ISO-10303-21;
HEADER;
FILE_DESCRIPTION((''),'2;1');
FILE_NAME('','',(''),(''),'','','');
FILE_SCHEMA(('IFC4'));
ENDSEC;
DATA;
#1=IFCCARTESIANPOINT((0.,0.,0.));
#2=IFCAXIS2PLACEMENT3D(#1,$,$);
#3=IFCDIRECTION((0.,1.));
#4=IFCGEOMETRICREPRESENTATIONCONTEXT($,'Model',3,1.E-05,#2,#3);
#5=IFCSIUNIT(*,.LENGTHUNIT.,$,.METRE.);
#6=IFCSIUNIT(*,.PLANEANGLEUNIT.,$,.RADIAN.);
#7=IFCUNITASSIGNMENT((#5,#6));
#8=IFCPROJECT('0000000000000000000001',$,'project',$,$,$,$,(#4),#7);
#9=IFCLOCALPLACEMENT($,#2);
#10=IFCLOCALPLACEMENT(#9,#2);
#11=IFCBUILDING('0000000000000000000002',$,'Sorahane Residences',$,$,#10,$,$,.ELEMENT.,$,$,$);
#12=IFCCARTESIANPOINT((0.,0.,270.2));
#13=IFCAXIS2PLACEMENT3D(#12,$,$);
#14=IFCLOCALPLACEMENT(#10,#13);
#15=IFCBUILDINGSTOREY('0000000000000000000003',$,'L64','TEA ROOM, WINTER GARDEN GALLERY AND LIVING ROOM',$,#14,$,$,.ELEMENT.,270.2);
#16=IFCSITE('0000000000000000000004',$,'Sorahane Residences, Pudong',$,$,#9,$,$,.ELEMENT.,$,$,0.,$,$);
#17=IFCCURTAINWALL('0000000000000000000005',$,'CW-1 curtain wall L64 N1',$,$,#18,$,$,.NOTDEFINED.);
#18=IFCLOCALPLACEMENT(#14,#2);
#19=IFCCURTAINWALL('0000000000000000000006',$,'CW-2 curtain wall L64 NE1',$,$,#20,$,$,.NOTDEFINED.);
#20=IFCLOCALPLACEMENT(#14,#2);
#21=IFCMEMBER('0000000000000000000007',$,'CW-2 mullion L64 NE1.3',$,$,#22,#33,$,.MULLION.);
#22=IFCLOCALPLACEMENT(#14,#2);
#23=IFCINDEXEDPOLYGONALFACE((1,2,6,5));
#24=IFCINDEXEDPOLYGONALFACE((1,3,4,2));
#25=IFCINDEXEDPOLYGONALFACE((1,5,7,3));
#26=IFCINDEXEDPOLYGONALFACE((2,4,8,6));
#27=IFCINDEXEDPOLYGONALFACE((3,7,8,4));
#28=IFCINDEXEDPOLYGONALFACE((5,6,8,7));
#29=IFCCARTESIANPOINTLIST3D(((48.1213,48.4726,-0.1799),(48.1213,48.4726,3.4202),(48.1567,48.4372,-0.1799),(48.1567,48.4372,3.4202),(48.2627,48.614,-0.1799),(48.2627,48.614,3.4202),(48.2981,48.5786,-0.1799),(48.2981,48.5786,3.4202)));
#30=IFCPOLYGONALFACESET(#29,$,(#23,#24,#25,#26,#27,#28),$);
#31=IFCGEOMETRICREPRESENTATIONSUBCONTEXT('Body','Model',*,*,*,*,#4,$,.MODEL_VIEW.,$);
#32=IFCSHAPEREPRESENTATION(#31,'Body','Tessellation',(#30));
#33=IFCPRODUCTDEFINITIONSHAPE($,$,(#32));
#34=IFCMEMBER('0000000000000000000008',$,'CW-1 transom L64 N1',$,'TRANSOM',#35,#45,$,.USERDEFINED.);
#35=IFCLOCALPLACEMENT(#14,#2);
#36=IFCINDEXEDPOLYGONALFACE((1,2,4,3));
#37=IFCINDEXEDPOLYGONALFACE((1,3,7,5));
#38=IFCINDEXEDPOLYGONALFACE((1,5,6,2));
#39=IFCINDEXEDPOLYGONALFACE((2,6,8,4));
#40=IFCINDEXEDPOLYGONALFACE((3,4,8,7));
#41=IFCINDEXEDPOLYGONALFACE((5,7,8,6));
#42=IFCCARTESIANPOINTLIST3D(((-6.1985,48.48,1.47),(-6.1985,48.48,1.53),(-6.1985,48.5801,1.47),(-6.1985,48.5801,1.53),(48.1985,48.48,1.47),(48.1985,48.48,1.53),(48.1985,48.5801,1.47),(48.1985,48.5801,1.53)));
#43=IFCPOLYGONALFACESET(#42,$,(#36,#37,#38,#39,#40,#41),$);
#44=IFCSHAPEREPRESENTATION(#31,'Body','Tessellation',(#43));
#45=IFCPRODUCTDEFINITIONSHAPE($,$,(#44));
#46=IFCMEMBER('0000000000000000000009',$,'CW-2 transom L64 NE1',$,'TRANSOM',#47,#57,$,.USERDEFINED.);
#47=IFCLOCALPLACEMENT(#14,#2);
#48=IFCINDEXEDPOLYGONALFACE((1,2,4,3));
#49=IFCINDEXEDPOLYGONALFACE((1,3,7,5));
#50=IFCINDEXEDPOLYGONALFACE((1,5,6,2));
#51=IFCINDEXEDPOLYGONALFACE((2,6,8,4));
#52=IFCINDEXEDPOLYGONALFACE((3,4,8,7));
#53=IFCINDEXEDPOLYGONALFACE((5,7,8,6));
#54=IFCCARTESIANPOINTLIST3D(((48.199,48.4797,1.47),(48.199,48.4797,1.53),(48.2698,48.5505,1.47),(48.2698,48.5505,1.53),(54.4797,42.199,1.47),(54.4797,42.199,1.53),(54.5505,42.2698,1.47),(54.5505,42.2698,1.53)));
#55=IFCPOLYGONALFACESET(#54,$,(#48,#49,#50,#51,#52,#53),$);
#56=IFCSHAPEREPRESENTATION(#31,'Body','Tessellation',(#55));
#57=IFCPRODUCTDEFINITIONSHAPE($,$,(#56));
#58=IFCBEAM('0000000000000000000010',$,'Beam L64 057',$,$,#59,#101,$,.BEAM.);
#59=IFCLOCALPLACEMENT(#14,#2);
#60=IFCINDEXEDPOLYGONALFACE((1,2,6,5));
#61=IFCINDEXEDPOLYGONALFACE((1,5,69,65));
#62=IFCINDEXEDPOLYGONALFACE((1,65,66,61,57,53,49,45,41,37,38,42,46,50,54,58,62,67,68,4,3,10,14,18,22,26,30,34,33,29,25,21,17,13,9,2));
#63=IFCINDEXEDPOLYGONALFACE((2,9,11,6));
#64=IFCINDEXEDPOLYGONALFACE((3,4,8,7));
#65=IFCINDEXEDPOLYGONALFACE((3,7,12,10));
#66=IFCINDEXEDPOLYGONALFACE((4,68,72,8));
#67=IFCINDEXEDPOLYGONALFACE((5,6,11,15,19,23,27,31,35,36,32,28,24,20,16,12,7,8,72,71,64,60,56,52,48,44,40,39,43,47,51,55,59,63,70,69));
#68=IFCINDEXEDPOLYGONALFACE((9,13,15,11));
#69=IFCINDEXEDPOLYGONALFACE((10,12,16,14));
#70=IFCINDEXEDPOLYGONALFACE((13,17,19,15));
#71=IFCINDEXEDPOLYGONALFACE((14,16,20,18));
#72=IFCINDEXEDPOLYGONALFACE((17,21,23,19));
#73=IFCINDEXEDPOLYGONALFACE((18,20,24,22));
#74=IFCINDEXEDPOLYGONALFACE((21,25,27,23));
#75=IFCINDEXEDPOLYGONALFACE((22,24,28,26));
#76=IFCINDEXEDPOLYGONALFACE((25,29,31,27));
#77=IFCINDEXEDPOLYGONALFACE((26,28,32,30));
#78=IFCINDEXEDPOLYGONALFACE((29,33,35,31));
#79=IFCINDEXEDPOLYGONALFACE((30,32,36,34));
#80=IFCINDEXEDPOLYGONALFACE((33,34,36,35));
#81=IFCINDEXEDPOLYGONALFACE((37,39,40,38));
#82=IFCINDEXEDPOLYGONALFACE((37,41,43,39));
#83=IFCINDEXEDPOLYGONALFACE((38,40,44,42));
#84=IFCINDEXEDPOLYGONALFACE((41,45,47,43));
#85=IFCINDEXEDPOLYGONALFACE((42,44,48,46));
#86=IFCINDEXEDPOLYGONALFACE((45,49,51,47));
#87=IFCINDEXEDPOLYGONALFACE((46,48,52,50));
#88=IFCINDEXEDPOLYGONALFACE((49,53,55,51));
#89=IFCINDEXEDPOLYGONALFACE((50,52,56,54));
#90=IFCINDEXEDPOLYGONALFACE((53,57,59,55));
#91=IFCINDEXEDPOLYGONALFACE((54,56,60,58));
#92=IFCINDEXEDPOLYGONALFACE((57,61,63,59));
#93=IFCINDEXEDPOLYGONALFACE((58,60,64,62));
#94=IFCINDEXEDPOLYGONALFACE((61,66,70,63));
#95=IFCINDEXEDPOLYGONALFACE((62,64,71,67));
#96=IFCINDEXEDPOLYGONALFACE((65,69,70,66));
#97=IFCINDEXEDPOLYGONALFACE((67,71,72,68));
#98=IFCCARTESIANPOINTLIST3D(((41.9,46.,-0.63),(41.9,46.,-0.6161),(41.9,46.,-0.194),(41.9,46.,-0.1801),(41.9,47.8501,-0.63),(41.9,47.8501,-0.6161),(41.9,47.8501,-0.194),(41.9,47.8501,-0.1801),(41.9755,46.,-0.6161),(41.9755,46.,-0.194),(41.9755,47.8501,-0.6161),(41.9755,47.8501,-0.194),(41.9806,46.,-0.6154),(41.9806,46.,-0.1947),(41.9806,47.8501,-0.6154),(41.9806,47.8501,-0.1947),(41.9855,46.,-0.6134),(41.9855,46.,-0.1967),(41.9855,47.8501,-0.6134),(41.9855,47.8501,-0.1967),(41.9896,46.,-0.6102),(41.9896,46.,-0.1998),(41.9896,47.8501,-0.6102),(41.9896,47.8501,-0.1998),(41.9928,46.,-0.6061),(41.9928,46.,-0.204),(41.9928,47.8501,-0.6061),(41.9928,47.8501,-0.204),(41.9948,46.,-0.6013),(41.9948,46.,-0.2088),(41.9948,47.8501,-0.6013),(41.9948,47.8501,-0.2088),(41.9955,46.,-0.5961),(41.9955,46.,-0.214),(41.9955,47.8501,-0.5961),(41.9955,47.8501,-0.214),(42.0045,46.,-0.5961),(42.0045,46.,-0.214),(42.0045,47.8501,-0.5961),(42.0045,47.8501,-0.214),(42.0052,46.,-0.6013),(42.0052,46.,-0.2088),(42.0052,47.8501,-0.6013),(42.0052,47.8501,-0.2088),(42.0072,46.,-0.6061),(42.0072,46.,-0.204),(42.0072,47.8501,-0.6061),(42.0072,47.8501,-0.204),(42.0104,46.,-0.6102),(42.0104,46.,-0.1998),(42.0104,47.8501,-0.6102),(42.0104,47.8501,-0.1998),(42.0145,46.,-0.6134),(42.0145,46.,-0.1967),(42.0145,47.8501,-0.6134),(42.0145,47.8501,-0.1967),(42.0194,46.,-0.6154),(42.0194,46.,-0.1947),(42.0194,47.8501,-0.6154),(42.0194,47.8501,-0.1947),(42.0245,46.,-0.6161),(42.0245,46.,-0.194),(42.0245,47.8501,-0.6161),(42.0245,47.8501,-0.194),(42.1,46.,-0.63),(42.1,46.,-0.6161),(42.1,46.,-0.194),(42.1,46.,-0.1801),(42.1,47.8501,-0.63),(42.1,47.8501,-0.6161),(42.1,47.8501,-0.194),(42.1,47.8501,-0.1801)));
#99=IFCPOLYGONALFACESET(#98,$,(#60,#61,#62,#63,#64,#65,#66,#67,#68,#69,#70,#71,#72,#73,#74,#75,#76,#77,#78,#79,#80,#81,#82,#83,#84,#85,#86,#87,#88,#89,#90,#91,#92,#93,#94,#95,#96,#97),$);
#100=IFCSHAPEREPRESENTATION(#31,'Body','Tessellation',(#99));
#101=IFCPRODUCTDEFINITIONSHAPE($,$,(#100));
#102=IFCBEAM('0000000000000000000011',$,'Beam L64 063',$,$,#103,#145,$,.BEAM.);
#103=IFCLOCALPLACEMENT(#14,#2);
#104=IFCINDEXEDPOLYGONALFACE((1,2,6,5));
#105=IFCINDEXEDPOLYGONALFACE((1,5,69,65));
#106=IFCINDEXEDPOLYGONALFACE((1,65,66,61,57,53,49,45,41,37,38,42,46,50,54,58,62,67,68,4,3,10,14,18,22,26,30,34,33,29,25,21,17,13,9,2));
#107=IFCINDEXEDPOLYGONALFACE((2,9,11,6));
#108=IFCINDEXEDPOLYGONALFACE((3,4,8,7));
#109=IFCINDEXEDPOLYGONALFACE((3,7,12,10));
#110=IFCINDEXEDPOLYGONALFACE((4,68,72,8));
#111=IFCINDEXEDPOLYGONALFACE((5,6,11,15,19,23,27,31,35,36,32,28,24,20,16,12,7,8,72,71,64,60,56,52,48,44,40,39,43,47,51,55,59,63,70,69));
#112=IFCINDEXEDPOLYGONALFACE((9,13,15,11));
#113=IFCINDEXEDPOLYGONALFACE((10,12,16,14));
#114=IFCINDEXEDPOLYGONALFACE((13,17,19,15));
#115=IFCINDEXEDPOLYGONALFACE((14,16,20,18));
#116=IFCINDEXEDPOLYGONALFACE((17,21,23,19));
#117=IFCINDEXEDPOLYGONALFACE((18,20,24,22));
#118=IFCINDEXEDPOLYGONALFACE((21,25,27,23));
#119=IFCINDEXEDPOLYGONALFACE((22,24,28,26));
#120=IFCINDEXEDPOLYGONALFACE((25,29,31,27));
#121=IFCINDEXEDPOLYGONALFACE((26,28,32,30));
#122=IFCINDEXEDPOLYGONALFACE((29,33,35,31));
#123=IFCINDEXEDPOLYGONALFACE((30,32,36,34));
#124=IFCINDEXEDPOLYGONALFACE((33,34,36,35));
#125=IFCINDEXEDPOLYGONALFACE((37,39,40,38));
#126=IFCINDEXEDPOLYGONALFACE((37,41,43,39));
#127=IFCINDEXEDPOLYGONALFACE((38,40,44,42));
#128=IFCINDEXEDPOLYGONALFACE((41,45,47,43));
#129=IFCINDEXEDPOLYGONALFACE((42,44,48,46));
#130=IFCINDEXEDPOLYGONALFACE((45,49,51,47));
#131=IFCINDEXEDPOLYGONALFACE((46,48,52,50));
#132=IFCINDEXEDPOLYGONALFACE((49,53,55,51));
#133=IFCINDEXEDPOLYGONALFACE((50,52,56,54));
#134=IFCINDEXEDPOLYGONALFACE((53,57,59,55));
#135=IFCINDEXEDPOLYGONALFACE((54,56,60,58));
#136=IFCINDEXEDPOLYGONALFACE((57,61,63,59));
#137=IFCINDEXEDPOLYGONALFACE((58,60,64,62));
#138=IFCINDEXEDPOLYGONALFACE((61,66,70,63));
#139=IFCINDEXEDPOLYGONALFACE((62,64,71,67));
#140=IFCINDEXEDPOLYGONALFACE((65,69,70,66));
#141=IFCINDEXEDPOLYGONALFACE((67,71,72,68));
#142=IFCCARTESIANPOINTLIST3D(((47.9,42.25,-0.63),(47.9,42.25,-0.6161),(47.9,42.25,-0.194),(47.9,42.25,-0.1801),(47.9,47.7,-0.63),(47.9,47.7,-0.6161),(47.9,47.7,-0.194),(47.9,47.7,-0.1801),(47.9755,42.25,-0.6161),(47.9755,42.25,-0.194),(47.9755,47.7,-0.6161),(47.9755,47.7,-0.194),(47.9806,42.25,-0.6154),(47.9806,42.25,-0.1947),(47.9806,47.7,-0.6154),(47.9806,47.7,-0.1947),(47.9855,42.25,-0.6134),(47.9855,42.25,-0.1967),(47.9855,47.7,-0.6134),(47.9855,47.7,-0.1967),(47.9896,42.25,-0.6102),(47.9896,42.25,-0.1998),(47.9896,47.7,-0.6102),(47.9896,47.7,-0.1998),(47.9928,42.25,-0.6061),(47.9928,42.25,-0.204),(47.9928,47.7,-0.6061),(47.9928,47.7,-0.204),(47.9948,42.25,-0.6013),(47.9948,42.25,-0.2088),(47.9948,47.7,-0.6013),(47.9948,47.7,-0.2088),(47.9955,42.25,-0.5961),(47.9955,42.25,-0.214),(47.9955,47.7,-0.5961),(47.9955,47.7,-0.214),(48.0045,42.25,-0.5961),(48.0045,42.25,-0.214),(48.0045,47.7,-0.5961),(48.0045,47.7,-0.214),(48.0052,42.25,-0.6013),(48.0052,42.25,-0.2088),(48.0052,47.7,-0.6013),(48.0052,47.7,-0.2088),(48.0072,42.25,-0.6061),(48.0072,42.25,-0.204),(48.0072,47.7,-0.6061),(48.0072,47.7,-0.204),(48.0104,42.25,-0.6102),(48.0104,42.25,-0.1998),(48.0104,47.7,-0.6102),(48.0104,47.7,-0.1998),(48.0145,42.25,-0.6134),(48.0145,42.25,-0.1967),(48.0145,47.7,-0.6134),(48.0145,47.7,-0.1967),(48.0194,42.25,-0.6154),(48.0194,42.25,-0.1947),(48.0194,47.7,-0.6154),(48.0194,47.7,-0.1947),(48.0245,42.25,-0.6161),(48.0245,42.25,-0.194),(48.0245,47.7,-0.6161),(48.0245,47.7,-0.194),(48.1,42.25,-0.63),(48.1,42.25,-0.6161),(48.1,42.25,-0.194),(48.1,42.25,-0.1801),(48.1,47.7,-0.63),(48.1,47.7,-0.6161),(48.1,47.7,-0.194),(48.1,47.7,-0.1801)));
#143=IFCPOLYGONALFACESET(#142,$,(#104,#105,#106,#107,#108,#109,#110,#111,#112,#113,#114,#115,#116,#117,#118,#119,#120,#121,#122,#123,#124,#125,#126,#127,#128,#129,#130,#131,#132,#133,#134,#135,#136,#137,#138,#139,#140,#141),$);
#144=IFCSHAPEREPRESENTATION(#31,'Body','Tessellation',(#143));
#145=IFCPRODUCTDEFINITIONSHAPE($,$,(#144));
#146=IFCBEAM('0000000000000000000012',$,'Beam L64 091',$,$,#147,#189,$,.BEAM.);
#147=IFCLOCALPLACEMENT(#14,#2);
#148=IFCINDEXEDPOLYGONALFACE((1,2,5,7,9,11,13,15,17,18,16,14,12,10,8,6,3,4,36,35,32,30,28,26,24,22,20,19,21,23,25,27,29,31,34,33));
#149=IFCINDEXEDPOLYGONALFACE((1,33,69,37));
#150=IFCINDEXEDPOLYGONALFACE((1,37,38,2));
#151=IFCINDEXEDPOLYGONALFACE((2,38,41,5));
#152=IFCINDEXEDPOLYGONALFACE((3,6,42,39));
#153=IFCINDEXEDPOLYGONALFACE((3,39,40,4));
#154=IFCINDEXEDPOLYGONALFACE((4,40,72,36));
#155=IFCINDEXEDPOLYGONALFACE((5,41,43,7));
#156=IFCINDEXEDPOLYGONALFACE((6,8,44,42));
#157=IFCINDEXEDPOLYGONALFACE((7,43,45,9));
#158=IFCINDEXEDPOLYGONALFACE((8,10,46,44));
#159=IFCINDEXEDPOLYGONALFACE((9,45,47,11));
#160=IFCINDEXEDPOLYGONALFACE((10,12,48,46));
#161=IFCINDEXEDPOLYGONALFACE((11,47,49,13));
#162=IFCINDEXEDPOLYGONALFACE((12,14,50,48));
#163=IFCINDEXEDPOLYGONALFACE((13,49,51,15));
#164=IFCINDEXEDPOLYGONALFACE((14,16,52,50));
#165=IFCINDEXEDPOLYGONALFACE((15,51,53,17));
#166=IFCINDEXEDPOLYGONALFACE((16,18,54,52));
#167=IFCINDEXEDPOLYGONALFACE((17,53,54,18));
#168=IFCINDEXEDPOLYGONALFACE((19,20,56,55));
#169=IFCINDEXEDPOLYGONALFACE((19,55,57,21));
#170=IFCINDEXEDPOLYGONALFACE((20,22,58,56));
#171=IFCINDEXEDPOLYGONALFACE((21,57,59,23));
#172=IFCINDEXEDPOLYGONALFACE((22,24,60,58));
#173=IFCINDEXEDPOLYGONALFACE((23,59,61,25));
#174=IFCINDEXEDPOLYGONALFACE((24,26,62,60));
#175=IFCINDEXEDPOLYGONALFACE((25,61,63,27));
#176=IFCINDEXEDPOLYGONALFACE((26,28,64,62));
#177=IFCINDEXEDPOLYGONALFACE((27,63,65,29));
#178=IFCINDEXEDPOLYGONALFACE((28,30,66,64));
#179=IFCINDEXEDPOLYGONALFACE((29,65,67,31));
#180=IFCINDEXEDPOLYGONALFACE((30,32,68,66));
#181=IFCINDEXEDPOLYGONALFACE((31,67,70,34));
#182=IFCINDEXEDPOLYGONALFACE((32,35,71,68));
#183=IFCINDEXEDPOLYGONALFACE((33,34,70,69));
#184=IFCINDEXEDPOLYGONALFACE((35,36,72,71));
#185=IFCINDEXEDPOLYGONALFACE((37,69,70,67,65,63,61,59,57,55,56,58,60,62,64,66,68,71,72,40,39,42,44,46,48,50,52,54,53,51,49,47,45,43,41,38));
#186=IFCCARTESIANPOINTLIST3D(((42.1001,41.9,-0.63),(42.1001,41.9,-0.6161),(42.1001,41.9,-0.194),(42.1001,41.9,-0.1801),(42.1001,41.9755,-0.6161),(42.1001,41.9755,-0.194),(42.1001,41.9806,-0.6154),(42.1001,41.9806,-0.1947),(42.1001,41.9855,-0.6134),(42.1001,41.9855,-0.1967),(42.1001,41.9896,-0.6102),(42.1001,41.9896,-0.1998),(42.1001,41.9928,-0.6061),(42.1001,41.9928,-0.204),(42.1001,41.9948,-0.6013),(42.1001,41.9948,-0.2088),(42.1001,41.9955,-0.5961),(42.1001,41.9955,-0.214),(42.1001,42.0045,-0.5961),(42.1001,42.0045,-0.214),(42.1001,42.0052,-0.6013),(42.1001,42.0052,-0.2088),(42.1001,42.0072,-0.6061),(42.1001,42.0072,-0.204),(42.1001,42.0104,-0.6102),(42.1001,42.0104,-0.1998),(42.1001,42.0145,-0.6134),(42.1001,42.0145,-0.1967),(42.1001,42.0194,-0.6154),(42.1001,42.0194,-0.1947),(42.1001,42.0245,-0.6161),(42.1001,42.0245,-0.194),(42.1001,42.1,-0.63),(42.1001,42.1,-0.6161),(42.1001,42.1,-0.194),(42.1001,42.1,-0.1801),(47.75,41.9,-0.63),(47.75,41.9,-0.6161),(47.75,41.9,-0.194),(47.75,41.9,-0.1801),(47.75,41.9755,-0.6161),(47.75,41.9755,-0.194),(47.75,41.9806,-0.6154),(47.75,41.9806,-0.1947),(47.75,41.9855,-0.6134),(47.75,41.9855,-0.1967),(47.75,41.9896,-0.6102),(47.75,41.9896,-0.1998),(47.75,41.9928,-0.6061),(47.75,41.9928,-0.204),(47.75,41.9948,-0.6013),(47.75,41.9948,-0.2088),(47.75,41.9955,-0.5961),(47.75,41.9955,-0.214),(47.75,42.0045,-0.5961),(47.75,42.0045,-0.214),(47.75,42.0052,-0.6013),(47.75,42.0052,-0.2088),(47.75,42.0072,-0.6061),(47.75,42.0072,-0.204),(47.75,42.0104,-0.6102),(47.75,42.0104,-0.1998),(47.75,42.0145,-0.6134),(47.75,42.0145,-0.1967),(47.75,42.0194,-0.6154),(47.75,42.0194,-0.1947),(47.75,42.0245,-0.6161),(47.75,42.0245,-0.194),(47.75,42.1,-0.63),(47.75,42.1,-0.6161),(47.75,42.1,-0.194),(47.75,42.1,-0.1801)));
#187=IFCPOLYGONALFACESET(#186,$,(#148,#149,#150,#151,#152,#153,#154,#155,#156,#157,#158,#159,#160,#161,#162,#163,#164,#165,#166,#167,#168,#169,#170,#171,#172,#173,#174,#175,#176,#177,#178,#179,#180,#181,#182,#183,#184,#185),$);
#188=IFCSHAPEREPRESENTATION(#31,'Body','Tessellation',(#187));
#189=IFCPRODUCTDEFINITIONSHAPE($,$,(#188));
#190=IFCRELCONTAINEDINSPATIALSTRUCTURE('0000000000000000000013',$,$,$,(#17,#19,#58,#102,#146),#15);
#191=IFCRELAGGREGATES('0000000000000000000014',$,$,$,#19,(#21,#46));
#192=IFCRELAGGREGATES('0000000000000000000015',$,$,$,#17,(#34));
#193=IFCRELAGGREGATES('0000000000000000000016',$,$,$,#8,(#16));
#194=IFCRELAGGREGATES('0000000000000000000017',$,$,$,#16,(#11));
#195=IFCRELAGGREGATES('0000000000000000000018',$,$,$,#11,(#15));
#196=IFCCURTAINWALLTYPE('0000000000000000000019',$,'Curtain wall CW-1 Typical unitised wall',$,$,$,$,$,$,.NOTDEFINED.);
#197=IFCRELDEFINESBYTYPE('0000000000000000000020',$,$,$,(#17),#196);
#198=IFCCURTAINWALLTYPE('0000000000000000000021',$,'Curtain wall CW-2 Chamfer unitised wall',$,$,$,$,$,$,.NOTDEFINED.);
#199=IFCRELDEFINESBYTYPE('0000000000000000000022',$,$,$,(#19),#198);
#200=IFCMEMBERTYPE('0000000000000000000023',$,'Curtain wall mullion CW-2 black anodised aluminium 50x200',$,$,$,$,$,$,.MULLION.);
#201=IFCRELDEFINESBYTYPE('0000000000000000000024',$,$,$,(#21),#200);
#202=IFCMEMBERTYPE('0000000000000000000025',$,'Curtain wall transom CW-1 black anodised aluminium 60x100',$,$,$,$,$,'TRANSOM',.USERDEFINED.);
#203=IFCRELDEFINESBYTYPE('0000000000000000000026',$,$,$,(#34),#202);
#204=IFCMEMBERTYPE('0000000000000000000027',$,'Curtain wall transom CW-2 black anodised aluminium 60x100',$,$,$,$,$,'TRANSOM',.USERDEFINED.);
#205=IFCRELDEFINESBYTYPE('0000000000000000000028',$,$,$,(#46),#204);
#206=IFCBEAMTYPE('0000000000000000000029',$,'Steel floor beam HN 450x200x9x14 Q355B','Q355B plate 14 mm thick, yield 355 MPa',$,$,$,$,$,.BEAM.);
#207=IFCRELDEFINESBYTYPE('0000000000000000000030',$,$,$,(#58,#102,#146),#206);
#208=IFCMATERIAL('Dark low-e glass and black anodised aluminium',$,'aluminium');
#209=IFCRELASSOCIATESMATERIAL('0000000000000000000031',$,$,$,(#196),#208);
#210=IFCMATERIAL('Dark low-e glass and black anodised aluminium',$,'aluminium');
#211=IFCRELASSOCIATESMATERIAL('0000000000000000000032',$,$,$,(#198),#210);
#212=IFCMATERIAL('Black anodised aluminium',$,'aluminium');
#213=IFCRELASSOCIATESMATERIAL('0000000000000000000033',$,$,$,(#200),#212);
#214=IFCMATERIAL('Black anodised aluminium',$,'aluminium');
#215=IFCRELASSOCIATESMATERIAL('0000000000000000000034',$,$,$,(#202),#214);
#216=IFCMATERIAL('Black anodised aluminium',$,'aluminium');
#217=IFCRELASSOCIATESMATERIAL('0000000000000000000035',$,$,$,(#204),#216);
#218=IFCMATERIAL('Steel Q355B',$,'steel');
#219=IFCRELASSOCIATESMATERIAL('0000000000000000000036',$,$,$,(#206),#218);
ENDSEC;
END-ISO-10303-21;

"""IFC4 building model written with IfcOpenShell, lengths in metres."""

from ifc_helpers import new_model, si_unit, direction, frame, origin, origin_2d, place, context, subcontext, project, spatial, rectangle, i_section, extrude, material, material_profile, profile_set, type_object, element, aggregate, save


model = new_model("IFC4")

# Units and contexts
model_context = context("Model", 3, precision=1e-05, world=origin(), true_north=direction((0.0, 1.0)))
body_context = subcontext(model_context, "Body", "Model", "MODEL_VIEW")
ifc_project = project(units=[si_unit("LENGTHUNIT", "METRE"), si_unit("PLANEANGLEUNIT", "RADIAN")], contexts=[model_context])

# Site, building, storey
site_placement = place(None, origin())
site = spatial("IfcSite", under=ifc_project, at=site_placement, Name="Sorahane Residences, Pudong", CompositionType="ELEMENT", RefElevation=0.0)
building_placement = place(site_placement, origin())
building = spatial("IfcBuilding", under=site, at=building_placement, Name="Sorahane Residences", CompositionType="ELEMENT")
storey_placement = place(building_placement, frame((0.0, 0.0, 270.2)))
storey = spatial("IfcBuildingStorey", under=building, at=storey_placement, Name="L64", Description="TEA ROOM, WINTER GARDEN GALLERY AND LIVING ROOM", CompositionType="ELEMENT", Elevation=270.2)

# Curtain wall
ifc_material_1 = material(Name="Dark low-e glass and black anodised aluminium", Category="aluminium")
curtain_wall_type_1 = type_object("IfcCurtainWallType", Name="Curtain wall CW-1 Typical unitised wall", PredefinedType="NOTDEFINED", material=ifc_material_1)
curtain_wall_1_placement = place(storey_placement, origin())
curtain_wall_1 = element("IfcCurtainWall", 1, at=curtain_wall_1_placement, inside=storey, type_object=curtain_wall_type_1, Name="CW-1 curtain wall L64 N1", PredefinedType="NOTDEFINED")

# Curtain wall, member
ifc_material_2 = material(Name="Dark low-e glass and black anodised aluminium", Category="aluminium")
curtain_wall_type_2 = type_object("IfcCurtainWallType", Name="Curtain wall CW-2 Chamfer unitised wall", PredefinedType="NOTDEFINED", material=ifc_material_2)
curtain_wall_2_placement = place(storey_placement, origin())
curtain_wall_2 = element("IfcCurtainWall", 2, at=curtain_wall_2_placement, inside=storey, type_object=curtain_wall_type_2, Name="CW-2 curtain wall L64 NE1", PredefinedType="NOTDEFINED")
ifc_material_3 = material(Name="Black anodised aluminium", Category="aluminium")
ifc_material_profile_1 = material_profile(ifc_material_3, rectangle(XDim=0.2, YDim=0.05, at=origin_2d()), Name="Curtain wall mullion CW-2 black anodised aluminium 50x200")
ifc_profile_set_1 = profile_set([ifc_material_profile_1], Name="Black anodised aluminium")
member_type_1 = type_object("IfcMemberType", Name="Curtain wall mullion CW-2 black anodised aluminium 50x200", PredefinedType="MULLION", material=ifc_profile_set_1)
member_1_placement = place(storey_placement, frame((48.2097, 48.5256, -0.1799), z_axis=(0.0, 0.0, 1.0), x_axis=(0.707107, 0.707107, 0.0)))
member_1 = element("IfcMember", 3, at=member_1_placement, type_object=member_type_1, Name="CW-2 mullion L64 NE1.3", PredefinedType="MULLION", context=body_context, shape_type="SweptSolid", body=[
    extrude(rectangle(XDim=0.2, YDim=0.05, at=origin_2d()), origin(), (0.0, 0.0, 1.0), 3.6001),
])

# Members
ifc_material_4 = material(Name="Black anodised aluminium", Category="aluminium")
ifc_material_profile_2 = material_profile(ifc_material_4, rectangle(XDim=0.1001, YDim=0.0601, at=origin_2d()), Name="Curtain wall transom CW-1 black anodised aluminium 60x100")
ifc_profile_set_2 = profile_set([ifc_material_profile_2], Name="Black anodised aluminium")
member_type_2 = type_object("IfcMemberType", Name="Curtain wall transom CW-1 black anodised aluminium 60x100", ElementType="TRANSOM", PredefinedType="USERDEFINED", material=ifc_profile_set_2)
member_2_placement = place(storey_placement, frame((48.1985, 48.53, 1.5), z_axis=(-1.0, 0.0, 0.0), x_axis=(0.0, -1.0, 0.0)))
member_2 = element("IfcMember", 4, at=member_2_placement, type_object=member_type_2, Name="CW-1 transom L64 N1", ObjectType="TRANSOM", PredefinedType="USERDEFINED", context=body_context, shape_type="SweptSolid", body=[
    extrude(rectangle(XDim=0.1001, YDim=0.0601, at=origin_2d()), origin(), (0.0, 0.0, 1.0), 54.397),
])
ifc_material_5 = material(Name="Black anodised aluminium", Category="aluminium")
ifc_material_profile_3 = material_profile(ifc_material_5, rectangle(XDim=0.1001, YDim=0.0601, at=origin_2d()), Name="Curtain wall transom CW-2 black anodised aluminium 60x100")
ifc_profile_set_3 = profile_set([ifc_material_profile_3], Name="Black anodised aluminium")
member_type_3 = type_object("IfcMemberType", Name="Curtain wall transom CW-2 black anodised aluminium 60x100", ElementType="TRANSOM", PredefinedType="USERDEFINED", material=ifc_profile_set_3)
member_3_placement = place(storey_placement, frame((54.5151, 42.2344, 1.5), z_axis=(-0.707107, 0.707107, 0.0), x_axis=(-0.707107, -0.707107, 0.0)))
member_3 = element("IfcMember", 5, at=member_3_placement, type_object=member_type_3, Name="CW-2 transom L64 NE1", ObjectType="TRANSOM", PredefinedType="USERDEFINED", context=body_context, shape_type="SweptSolid", body=[
    extrude(rectangle(XDim=0.1001, YDim=0.0601, at=origin_2d()), origin(), (0.0, 0.0, 1.0), 8.8823),
])

# Beams
ifc_material_6 = material(Name="Steel Q355B", Category="steel")
ifc_material_profile_4 = material_profile(ifc_material_6, i_section(OverallWidth=0.2, OverallDepth=0.45, WebThickness=0.009, FlangeThickness=0.0139, FilletRadius=0.02, at=origin_2d()), Name="HN 450x200x9x14")
ifc_profile_set_4 = profile_set([ifc_material_profile_4], Name="Steel Q355B")
beam_type_1 = type_object("IfcBeamType", Name="Steel floor beam HN 450x200x9x14 Q355B", Description="Q355B plate 14 mm thick, yield 355 MPa", PredefinedType="BEAM", material=ifc_profile_set_4)
beam_1_placement = place(storey_placement, frame((42.0, 46.0, -0.405), z_axis=(0.0, 1.0, 0.0), x_axis=(-1.0, 0.0, 0.0)))
element("IfcBeam", 6, at=beam_1_placement, inside=storey, type_object=beam_type_1, Name="Beam L64 057", PredefinedType="BEAM", context=body_context, shape_type="SweptSolid", body=[
    extrude(i_section(OverallWidth=0.2, OverallDepth=0.45, WebThickness=0.009, FlangeThickness=0.0139, FilletRadius=0.02, at=origin_2d()), origin(), (0.0, 0.0, 1.0), 1.8501),
])
beam_2_placement = place(storey_placement, frame((48.0, 42.25, -0.405), z_axis=(0.0, 1.0, 0.0), x_axis=(-1.0, 0.0, 0.0)))
element("IfcBeam", 7, at=beam_2_placement, inside=storey, type_object=beam_type_1, Name="Beam L64 063", PredefinedType="BEAM", context=body_context, shape_type="SweptSolid", body=[
    extrude(i_section(OverallWidth=0.2, OverallDepth=0.45, WebThickness=0.009, FlangeThickness=0.0139, FilletRadius=0.02, at=origin_2d()), origin(), (0.0, 0.0, 1.0), 5.45),
])
beam_3_placement = place(storey_placement, frame((42.1001, 42.0, -0.405), z_axis=(1.0, 0.0, 0.0), x_axis=(0.0, 1.0, 0.0)))
element("IfcBeam", 8, at=beam_3_placement, inside=storey, type_object=beam_type_1, Name="Beam L64 091", PredefinedType="BEAM", context=body_context, shape_type="SweptSolid", body=[
    extrude(i_section(OverallWidth=0.2, OverallDepth=0.45, WebThickness=0.009, FlangeThickness=0.0139, FilletRadius=0.02, at=origin_2d()), origin(), (0.0, 0.0, 1.0), 5.6499),
])

aggregate(curtain_wall_2, [member_1, member_3])
aggregate(curtain_wall_1, [member_2])

save(model, "model.ifc")
